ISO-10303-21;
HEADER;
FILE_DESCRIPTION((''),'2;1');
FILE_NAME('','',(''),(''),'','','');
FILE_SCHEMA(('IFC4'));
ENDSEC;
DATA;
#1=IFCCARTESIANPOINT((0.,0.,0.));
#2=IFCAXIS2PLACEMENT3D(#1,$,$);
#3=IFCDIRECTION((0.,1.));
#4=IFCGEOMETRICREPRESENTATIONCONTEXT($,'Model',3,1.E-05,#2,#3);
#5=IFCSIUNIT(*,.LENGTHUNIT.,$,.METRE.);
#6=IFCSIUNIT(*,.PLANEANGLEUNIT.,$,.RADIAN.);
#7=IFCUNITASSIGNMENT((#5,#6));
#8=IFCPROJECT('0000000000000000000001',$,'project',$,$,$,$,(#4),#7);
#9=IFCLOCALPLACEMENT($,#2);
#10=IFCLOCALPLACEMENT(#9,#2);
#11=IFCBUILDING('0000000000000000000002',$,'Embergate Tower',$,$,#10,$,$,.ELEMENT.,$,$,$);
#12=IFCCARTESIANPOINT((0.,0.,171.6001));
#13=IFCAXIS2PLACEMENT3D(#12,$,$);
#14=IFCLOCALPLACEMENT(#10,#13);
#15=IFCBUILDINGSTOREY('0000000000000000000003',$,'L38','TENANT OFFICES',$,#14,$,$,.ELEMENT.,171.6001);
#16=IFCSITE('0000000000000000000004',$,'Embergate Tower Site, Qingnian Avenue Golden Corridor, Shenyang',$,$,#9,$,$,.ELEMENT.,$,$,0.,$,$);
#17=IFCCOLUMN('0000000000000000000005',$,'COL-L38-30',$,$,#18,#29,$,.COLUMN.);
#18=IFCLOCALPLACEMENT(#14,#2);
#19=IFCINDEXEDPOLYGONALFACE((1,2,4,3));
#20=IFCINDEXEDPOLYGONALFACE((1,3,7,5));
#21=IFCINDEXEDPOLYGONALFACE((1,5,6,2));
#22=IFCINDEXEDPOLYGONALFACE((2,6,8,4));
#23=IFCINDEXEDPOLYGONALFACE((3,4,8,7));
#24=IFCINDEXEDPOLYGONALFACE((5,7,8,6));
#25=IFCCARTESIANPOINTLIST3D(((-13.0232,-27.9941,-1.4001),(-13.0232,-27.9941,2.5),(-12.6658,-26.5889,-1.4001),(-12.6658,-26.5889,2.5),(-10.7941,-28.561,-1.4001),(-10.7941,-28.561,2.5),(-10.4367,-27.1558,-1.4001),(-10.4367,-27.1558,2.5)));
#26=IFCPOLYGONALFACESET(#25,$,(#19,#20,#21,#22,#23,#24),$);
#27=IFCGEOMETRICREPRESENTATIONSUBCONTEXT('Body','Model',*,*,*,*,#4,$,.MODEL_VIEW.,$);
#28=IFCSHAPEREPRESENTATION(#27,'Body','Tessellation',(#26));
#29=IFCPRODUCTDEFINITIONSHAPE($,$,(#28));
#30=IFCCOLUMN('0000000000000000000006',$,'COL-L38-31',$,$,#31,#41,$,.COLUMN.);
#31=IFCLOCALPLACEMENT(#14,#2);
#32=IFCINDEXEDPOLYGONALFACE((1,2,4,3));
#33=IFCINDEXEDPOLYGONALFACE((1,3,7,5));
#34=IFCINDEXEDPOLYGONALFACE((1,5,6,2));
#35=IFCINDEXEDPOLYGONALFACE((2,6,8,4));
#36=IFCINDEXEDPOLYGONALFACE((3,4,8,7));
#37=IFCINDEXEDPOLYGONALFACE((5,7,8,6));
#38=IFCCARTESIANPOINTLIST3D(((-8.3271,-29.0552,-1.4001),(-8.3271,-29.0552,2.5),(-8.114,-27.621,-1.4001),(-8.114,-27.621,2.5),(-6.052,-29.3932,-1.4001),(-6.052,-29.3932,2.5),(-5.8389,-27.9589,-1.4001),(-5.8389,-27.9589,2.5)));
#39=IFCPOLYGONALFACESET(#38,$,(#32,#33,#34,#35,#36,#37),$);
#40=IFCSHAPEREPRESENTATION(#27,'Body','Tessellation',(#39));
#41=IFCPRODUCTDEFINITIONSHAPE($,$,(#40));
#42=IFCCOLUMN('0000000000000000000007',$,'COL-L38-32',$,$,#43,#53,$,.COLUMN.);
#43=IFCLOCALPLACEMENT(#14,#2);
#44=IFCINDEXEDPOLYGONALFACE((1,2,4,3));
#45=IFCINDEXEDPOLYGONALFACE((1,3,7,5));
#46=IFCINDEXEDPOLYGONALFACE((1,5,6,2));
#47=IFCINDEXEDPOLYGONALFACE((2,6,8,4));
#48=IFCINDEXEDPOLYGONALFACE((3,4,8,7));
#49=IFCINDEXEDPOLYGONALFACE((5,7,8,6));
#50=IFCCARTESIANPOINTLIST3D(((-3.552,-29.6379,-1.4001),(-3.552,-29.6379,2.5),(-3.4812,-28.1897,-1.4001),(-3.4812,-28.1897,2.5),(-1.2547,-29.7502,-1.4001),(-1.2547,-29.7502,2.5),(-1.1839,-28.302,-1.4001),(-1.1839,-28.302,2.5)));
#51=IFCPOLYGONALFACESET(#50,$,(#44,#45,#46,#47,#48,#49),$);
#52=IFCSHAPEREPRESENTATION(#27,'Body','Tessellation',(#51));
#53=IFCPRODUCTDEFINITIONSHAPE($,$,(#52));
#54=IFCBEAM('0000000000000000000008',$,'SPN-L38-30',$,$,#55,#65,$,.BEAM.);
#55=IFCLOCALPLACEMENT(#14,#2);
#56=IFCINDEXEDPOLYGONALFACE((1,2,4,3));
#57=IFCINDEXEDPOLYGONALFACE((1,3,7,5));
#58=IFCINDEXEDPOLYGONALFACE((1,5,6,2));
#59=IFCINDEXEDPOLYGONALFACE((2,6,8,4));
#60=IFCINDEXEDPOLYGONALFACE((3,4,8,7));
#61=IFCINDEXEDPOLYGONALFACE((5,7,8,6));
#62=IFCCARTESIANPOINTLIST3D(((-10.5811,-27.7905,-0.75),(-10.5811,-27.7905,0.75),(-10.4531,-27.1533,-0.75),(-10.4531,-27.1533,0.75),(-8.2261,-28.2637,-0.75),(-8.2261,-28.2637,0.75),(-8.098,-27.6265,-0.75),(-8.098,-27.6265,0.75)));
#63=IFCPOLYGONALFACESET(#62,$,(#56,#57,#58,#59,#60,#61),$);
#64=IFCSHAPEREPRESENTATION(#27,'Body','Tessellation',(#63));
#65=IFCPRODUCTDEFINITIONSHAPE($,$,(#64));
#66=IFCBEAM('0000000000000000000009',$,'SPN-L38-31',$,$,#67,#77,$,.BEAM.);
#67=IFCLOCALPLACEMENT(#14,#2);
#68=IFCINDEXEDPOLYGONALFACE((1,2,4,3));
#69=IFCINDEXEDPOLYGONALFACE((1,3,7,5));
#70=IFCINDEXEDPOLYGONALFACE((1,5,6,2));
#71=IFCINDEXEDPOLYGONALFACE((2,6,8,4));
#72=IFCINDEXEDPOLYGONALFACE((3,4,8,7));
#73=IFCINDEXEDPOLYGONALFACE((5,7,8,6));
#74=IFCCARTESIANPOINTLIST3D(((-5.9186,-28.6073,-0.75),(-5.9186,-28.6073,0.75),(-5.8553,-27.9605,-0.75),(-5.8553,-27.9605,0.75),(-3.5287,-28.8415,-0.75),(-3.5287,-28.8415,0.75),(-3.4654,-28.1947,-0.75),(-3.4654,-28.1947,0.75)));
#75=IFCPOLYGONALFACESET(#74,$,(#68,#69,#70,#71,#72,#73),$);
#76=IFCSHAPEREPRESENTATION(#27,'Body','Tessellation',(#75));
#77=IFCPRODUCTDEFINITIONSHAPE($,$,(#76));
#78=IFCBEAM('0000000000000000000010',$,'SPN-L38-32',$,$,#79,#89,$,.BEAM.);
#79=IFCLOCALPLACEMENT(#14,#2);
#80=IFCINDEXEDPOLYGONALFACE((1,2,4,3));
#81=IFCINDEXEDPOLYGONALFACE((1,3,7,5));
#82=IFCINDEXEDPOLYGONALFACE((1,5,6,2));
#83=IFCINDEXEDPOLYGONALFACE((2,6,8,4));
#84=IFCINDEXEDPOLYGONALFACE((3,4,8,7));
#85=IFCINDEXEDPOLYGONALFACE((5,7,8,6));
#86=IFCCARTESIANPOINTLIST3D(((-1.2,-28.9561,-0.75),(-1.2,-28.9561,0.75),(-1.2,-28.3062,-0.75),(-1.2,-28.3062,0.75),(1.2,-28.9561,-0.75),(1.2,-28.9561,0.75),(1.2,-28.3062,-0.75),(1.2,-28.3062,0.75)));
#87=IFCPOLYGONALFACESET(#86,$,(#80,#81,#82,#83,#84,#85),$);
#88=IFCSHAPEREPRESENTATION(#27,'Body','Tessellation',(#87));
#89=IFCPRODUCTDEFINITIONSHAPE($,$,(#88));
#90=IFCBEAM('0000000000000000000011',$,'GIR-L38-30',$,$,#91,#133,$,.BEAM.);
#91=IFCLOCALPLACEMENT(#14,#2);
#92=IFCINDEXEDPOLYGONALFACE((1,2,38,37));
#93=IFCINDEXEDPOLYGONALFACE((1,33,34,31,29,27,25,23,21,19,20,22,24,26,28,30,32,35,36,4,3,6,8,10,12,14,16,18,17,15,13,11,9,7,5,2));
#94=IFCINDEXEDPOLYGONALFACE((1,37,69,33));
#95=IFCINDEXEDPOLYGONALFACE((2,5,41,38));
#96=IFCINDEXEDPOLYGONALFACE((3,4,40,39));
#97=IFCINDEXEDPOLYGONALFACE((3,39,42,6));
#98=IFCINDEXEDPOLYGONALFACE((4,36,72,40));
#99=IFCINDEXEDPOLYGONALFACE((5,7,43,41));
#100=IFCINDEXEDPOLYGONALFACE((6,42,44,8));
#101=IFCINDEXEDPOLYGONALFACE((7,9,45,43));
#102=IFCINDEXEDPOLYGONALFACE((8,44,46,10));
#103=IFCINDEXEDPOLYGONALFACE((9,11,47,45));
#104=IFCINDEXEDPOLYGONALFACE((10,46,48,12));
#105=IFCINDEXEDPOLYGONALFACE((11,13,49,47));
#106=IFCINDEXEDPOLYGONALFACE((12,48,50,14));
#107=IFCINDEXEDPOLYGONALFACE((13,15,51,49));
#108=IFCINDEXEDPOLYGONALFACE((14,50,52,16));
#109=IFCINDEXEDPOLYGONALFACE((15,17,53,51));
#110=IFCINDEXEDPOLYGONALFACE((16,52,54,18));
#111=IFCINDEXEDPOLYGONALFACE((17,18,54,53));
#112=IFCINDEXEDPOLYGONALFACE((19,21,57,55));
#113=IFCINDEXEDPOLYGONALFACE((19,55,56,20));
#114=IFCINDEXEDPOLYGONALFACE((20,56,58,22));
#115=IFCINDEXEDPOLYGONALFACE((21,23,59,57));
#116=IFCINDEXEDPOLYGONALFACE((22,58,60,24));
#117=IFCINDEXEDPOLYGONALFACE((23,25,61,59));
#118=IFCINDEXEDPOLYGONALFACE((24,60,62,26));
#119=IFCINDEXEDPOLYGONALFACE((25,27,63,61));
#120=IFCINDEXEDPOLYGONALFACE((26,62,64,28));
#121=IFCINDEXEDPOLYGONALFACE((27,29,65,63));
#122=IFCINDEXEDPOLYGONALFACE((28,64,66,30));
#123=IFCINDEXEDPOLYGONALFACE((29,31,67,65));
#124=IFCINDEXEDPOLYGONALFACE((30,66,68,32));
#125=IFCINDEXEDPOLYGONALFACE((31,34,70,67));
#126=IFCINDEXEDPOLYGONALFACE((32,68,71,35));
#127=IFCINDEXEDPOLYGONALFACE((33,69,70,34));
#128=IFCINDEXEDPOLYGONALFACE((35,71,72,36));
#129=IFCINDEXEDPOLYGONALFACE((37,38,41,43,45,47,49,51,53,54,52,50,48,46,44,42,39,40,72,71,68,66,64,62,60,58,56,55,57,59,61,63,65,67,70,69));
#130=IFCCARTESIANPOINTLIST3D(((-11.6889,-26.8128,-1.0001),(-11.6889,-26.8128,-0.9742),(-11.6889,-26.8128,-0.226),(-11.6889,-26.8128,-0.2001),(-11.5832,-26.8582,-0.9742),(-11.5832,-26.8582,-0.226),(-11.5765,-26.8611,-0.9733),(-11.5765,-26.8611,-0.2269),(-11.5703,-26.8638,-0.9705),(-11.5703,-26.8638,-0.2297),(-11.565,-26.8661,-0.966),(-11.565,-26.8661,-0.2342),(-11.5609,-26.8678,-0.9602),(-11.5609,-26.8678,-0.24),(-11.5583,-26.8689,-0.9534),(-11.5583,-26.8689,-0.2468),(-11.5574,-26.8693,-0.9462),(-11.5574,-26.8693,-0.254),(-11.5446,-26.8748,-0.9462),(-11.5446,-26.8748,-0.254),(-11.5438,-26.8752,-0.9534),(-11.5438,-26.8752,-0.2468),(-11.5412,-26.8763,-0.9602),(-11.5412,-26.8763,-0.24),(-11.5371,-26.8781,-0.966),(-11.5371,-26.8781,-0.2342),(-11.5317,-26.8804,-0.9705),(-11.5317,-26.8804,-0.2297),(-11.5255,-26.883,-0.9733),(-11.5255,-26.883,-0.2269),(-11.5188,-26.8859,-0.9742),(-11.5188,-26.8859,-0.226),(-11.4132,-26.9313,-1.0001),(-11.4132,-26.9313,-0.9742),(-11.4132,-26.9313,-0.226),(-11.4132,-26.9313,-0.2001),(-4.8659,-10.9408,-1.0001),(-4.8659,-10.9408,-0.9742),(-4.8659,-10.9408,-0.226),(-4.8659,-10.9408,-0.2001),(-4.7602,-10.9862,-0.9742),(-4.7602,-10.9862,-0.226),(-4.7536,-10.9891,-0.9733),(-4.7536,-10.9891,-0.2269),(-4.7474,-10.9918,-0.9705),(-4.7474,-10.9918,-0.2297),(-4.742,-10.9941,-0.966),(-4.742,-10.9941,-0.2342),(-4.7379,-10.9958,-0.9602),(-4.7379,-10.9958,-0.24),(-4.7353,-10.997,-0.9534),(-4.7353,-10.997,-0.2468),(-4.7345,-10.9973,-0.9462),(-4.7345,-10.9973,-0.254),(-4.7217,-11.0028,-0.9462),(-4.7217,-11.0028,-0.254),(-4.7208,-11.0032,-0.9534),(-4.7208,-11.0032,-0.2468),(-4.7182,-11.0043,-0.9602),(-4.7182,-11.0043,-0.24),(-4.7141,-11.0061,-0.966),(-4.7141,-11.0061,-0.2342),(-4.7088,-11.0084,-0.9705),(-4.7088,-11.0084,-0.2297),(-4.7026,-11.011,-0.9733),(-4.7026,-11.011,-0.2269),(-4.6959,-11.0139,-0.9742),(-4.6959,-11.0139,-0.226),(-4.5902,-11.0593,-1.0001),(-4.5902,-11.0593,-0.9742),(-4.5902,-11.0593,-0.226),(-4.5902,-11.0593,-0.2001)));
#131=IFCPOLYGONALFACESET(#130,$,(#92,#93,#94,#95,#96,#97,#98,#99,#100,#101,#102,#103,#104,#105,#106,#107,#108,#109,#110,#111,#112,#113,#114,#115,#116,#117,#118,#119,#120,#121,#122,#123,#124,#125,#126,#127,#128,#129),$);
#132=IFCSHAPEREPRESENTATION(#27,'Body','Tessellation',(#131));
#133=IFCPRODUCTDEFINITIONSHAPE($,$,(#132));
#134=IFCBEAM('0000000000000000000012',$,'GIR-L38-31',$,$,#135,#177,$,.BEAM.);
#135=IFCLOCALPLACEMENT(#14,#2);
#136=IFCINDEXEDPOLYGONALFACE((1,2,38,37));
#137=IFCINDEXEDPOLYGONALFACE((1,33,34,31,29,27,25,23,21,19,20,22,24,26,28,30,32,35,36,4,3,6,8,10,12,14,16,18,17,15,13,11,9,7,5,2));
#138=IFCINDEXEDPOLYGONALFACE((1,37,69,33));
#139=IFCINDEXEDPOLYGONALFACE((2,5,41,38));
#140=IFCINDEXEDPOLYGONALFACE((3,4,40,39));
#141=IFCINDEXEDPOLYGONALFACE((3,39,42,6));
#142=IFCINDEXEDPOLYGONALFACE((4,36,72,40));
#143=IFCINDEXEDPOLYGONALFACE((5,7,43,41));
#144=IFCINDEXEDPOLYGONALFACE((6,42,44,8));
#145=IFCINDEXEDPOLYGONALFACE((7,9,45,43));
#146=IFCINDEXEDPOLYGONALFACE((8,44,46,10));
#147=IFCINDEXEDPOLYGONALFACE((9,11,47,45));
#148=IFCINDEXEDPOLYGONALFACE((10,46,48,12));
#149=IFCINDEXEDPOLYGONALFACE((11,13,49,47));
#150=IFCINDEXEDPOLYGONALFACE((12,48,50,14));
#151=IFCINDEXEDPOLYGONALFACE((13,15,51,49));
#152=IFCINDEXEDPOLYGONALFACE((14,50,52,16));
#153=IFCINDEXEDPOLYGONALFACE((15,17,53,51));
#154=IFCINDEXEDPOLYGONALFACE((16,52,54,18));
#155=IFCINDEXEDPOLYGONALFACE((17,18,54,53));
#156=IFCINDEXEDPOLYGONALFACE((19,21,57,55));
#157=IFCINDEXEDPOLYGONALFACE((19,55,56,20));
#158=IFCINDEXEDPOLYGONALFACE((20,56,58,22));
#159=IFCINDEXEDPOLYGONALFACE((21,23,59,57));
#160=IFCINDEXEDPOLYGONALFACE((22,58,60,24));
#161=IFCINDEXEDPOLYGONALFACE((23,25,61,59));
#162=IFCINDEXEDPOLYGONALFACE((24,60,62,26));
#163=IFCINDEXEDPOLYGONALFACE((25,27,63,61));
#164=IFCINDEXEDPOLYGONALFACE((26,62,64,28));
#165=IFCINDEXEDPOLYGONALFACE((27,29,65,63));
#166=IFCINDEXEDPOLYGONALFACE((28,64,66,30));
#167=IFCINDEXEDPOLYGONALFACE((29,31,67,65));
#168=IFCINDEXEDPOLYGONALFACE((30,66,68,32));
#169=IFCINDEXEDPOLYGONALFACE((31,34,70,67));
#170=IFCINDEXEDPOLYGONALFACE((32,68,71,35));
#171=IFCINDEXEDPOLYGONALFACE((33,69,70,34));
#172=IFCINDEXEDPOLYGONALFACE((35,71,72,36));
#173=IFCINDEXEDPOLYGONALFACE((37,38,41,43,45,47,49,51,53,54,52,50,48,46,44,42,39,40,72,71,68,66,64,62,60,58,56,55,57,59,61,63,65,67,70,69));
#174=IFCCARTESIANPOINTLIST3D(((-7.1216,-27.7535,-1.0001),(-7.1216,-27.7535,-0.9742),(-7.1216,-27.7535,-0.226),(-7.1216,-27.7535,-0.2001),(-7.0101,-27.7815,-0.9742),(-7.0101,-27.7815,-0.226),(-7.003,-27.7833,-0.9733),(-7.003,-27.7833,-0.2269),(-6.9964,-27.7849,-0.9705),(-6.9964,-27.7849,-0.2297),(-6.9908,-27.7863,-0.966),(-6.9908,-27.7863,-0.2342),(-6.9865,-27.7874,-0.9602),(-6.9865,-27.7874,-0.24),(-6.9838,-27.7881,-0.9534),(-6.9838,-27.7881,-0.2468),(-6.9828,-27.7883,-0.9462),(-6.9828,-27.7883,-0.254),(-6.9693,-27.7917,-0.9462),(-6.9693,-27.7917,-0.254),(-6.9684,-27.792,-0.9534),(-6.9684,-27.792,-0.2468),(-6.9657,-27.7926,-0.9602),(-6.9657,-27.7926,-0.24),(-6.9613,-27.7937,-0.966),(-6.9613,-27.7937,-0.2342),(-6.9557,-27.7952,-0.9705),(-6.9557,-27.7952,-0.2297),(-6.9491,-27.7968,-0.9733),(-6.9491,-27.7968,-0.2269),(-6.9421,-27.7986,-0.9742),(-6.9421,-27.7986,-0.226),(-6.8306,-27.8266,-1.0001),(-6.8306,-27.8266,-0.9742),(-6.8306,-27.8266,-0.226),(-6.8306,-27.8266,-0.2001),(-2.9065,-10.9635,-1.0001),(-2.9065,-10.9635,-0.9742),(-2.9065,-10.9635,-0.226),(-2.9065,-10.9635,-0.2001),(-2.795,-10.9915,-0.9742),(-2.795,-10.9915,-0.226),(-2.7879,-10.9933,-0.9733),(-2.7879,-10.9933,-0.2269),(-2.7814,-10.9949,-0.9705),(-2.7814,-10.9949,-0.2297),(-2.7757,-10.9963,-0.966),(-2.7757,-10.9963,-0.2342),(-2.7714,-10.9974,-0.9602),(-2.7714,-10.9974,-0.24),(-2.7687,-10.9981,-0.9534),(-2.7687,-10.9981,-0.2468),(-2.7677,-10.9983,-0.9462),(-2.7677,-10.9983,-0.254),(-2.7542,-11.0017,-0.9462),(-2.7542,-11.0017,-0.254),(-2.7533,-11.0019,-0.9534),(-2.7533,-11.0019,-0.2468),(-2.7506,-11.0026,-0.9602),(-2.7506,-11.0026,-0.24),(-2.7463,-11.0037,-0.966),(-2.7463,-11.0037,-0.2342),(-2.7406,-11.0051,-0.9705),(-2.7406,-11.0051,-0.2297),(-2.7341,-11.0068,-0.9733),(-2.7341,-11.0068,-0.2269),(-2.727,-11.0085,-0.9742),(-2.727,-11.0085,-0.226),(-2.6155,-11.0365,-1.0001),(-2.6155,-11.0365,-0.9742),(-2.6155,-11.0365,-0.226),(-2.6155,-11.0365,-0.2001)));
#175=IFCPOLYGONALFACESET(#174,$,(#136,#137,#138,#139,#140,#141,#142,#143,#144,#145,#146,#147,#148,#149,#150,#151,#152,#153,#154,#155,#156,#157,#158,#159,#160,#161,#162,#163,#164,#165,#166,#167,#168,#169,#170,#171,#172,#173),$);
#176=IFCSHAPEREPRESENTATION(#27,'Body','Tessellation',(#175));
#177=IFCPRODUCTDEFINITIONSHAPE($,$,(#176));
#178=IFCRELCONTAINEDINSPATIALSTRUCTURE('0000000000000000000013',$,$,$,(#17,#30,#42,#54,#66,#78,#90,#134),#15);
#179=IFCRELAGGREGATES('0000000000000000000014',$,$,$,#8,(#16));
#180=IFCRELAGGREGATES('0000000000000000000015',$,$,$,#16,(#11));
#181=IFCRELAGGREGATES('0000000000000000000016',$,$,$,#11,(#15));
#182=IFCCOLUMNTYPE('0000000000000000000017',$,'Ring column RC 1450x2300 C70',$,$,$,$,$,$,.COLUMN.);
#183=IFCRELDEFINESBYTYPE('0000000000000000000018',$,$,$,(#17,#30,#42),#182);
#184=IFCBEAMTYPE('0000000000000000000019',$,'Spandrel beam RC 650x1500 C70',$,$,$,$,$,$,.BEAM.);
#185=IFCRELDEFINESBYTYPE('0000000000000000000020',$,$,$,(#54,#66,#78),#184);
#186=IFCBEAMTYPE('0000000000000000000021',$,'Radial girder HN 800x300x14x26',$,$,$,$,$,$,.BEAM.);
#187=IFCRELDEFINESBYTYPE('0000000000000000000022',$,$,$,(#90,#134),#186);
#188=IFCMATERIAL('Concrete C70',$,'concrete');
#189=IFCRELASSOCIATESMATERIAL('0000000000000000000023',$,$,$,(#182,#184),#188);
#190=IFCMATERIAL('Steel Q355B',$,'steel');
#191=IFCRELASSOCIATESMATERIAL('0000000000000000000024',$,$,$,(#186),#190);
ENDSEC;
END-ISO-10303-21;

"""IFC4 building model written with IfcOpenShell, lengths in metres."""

from ifc_helpers import new_model, si_unit, direction, frame, origin, origin_2d, place, context, subcontext, project, spatial, rectangle, i_section, extrude, source, transform, mapped, material, material_profile, profile_set, type_object, element, save


model = new_model("IFC4")

# Units and contexts
model_context = context("Model", 3, precision=1e-05, world=origin(), true_north=direction((0.0, 1.0)))
body_context = subcontext(model_context, "Body", "Model", "MODEL_VIEW")
ifc_project = project(units=[si_unit("LENGTHUNIT", "METRE"), si_unit("PLANEANGLEUNIT", "RADIAN")], contexts=[model_context])

# Site, building, storey
site_placement = place(None, origin())
site = spatial("IfcSite", under=ifc_project, at=site_placement, Name="Embergate Tower Site, Qingnian Avenue Golden Corridor, Shenyang", CompositionType="ELEMENT", RefElevation=0.0)
building_placement = place(site_placement, origin())
building = spatial("IfcBuilding", under=site, at=building_placement, Name="Embergate Tower", CompositionType="ELEMENT")
storey_placement = place(building_placement, frame((0.0, 0.0, 171.6001)))
storey = spatial("IfcBuildingStorey", under=building, at=storey_placement, Name="L38", Description="TENANT OFFICES", CompositionType="ELEMENT", Elevation=171.6001)

# Columns
ifc_material_1 = material(Name="Concrete C70", Category="concrete")
ifc_material_profile_1 = material_profile(ifc_material_1, rectangle(XDim=1.45, YDim=2.3, at=origin_2d()), Name="RC 1450x2300")
ifc_profile_set_1 = profile_set([ifc_material_profile_1], Name="Concrete C70")
column_type = type_object("IfcColumnType", Name="Ring column RC 1450x2300 C70", PredefinedType="COLUMN", material=ifc_profile_set_1)
shared_shape_1 = source(origin(), body_context, "Body", "SweptSolid", [
    extrude(rectangle(XDim=1.45, YDim=2.3, at=origin_2d()), origin(), (0.0, 0.0, 1.0), 3.9001),
])
for number, where, z_axis, x_axis, name in (
    (1, (-11.73, -27.575, -1.4001), (0.0, 0.0, 1.0), (-0.246492, -0.969145, 0.0), "COL-L38-30"),
    (2, (-7.083, -28.5071, -1.4001), (0.0, 0.0, 1.0), (-0.146929, -0.989147, 0.0), "COL-L38-31"),
    (3, (-2.3679, -28.97, -1.4001), (0.0, 0.0, 1.0), (-0.048815, -0.998808, 0.0), "COL-L38-32"),
):
    element("IfcColumn", number, at=place(storey_placement, frame(where, z_axis=z_axis, x_axis=x_axis)), inside=storey, type_object=column_type, Name=name, PredefinedType="COLUMN", context=body_context, shape_type="MappedRepresentation", body=[
        mapped(shared_shape_1, transform((0.0, 0.0, 0.0))),
    ])

# Beams
ifc_material_profile_2 = material_profile(ifc_material_1, rectangle(XDim=0.6499, YDim=1.5, at=origin_2d()), Name="RC 650x1500")
ifc_profile_set_2 = profile_set([ifc_material_profile_2], Name="Concrete C70")
beam_type_1 = type_object("IfcBeamType", Name="Spandrel beam RC 650x1500 C70", PredefinedType="BEAM", material=ifc_profile_set_2)
shared_shape_2 = source(origin(), body_context, "Body", "SweptSolid", [
    extrude(rectangle(XDim=0.6499, YDim=1.5, at=origin_2d()), origin(), (0.0, 0.0, 1.0), 2.4021),
])
beam_1_placement = place(storey_placement, frame((-10.5171, -27.4719, 0.0), z_axis=(0.980408, -0.196976, 0.0), x_axis=(0.196976, 0.980408, 0.0)))
element("IfcBeam", 4, at=beam_1_placement, inside=storey, type_object=beam_type_1, Name="SPN-L38-30", PredefinedType="BEAM", context=body_context, shape_type="MappedRepresentation", body=[
    mapped(shared_shape_2, transform((0.0, 0.0, 0.0))),
])
shared_shape_3 = source(origin(), body_context, "Body", "SweptSolid", [
    extrude(rectangle(XDim=0.6499, YDim=1.5, at=origin_2d()), origin(), (0.0, 0.0, 1.0), 2.4014),
])
beam_2_placement = place(storey_placement, frame((-5.887, -28.2839, 0.0), z_axis=(0.995235, -0.0975, 0.0), x_axis=(0.0975, 0.995235, 0.0)))
element("IfcBeam", 5, at=beam_2_placement, inside=storey, type_object=beam_type_1, Name="SPN-L38-31", PredefinedType="BEAM", context=body_context, shape_type="MappedRepresentation", body=[
    mapped(shared_shape_3, transform((0.0, 0.0, 0.0))),
])
shared_shape_4 = source(origin(), body_context, "Body", "SweptSolid", [
    extrude(rectangle(XDim=0.6499, YDim=1.5, at=origin_2d()), origin(), (0.0, 0.0, 1.0), 2.3999),
])
beam_3_placement = place(storey_placement, frame((-1.2, -28.6311, 0.0), z_axis=(1.0, 0.0, 0.0), x_axis=(0.0, 1.0, 0.0)))
element("IfcBeam", 6, at=beam_3_placement, inside=storey, type_object=beam_type_1, Name="SPN-L38-32", PredefinedType="BEAM", context=body_context, shape_type="MappedRepresentation", body=[
    mapped(shared_shape_4, transform((0.0, 0.0, 0.0))),
])
ifc_material_2 = material(Name="Steel Q355B", Category="steel")
ifc_material_profile_3 = material_profile(ifc_material_2, i_section(OverallWidth=0.3, OverallDepth=0.8, WebThickness=0.0139, FlangeThickness=0.0259, FilletRadius=0.0281, at=origin_2d()), Name="HN 800x300x14x26")
ifc_profile_set_3 = profile_set([ifc_material_profile_3], Name="Steel Q355 grade B")
beam_type_2 = type_object("IfcBeamType", Name="Radial girder HN 800x300x14x26", PredefinedType="BEAM", material=ifc_profile_set_3)
shared_shape_5 = source(origin(), body_context, "Body", "SweptSolid", [
    extrude(i_section(OverallWidth=0.3, OverallDepth=0.8, WebThickness=0.0139, FlangeThickness=0.0259, FilletRadius=0.0281, at=origin_2d()), origin(), (0.0, 0.0, 1.0), 17.2764),
])
beam_4_placement = place(storey_placement, frame((-11.551, -26.8721, -0.6001), z_axis=(0.39493, 0.918711, 0.0), x_axis=(-0.918711, 0.39493, 0.0)))
element("IfcBeam", 7, at=beam_4_placement, inside=storey, type_object=beam_type_2, Name="GIR-L38-30", PredefinedType="BEAM", context=body_context, shape_type="MappedRepresentation", body=[
    mapped(shared_shape_5, transform((0.0, 0.0, 0.0))),
])
shared_shape_6 = source(origin(), body_context, "Body", "SweptSolid", [
    extrude(i_section(OverallWidth=0.3, OverallDepth=0.8, WebThickness=0.0139, FlangeThickness=0.0259, FilletRadius=0.0281, at=origin_2d()), origin(), (0.0, 0.0, 1.0), 17.311),
])
beam_5_placement = place(storey_placement, frame((-6.9761, -27.79, -0.6001), z_axis=(0.243491, 0.969903, 0.0), x_axis=(-0.969903, 0.243491, 0.0)))
element("IfcBeam", 8, at=beam_5_placement, inside=storey, type_object=beam_type_2, Name="GIR-L38-31", PredefinedType="BEAM", context=body_context, shape_type="MappedRepresentation", body=[
    mapped(shared_shape_6, transform((0.0, 0.0, 0.0))),
])

save(model, "model.ifc")
